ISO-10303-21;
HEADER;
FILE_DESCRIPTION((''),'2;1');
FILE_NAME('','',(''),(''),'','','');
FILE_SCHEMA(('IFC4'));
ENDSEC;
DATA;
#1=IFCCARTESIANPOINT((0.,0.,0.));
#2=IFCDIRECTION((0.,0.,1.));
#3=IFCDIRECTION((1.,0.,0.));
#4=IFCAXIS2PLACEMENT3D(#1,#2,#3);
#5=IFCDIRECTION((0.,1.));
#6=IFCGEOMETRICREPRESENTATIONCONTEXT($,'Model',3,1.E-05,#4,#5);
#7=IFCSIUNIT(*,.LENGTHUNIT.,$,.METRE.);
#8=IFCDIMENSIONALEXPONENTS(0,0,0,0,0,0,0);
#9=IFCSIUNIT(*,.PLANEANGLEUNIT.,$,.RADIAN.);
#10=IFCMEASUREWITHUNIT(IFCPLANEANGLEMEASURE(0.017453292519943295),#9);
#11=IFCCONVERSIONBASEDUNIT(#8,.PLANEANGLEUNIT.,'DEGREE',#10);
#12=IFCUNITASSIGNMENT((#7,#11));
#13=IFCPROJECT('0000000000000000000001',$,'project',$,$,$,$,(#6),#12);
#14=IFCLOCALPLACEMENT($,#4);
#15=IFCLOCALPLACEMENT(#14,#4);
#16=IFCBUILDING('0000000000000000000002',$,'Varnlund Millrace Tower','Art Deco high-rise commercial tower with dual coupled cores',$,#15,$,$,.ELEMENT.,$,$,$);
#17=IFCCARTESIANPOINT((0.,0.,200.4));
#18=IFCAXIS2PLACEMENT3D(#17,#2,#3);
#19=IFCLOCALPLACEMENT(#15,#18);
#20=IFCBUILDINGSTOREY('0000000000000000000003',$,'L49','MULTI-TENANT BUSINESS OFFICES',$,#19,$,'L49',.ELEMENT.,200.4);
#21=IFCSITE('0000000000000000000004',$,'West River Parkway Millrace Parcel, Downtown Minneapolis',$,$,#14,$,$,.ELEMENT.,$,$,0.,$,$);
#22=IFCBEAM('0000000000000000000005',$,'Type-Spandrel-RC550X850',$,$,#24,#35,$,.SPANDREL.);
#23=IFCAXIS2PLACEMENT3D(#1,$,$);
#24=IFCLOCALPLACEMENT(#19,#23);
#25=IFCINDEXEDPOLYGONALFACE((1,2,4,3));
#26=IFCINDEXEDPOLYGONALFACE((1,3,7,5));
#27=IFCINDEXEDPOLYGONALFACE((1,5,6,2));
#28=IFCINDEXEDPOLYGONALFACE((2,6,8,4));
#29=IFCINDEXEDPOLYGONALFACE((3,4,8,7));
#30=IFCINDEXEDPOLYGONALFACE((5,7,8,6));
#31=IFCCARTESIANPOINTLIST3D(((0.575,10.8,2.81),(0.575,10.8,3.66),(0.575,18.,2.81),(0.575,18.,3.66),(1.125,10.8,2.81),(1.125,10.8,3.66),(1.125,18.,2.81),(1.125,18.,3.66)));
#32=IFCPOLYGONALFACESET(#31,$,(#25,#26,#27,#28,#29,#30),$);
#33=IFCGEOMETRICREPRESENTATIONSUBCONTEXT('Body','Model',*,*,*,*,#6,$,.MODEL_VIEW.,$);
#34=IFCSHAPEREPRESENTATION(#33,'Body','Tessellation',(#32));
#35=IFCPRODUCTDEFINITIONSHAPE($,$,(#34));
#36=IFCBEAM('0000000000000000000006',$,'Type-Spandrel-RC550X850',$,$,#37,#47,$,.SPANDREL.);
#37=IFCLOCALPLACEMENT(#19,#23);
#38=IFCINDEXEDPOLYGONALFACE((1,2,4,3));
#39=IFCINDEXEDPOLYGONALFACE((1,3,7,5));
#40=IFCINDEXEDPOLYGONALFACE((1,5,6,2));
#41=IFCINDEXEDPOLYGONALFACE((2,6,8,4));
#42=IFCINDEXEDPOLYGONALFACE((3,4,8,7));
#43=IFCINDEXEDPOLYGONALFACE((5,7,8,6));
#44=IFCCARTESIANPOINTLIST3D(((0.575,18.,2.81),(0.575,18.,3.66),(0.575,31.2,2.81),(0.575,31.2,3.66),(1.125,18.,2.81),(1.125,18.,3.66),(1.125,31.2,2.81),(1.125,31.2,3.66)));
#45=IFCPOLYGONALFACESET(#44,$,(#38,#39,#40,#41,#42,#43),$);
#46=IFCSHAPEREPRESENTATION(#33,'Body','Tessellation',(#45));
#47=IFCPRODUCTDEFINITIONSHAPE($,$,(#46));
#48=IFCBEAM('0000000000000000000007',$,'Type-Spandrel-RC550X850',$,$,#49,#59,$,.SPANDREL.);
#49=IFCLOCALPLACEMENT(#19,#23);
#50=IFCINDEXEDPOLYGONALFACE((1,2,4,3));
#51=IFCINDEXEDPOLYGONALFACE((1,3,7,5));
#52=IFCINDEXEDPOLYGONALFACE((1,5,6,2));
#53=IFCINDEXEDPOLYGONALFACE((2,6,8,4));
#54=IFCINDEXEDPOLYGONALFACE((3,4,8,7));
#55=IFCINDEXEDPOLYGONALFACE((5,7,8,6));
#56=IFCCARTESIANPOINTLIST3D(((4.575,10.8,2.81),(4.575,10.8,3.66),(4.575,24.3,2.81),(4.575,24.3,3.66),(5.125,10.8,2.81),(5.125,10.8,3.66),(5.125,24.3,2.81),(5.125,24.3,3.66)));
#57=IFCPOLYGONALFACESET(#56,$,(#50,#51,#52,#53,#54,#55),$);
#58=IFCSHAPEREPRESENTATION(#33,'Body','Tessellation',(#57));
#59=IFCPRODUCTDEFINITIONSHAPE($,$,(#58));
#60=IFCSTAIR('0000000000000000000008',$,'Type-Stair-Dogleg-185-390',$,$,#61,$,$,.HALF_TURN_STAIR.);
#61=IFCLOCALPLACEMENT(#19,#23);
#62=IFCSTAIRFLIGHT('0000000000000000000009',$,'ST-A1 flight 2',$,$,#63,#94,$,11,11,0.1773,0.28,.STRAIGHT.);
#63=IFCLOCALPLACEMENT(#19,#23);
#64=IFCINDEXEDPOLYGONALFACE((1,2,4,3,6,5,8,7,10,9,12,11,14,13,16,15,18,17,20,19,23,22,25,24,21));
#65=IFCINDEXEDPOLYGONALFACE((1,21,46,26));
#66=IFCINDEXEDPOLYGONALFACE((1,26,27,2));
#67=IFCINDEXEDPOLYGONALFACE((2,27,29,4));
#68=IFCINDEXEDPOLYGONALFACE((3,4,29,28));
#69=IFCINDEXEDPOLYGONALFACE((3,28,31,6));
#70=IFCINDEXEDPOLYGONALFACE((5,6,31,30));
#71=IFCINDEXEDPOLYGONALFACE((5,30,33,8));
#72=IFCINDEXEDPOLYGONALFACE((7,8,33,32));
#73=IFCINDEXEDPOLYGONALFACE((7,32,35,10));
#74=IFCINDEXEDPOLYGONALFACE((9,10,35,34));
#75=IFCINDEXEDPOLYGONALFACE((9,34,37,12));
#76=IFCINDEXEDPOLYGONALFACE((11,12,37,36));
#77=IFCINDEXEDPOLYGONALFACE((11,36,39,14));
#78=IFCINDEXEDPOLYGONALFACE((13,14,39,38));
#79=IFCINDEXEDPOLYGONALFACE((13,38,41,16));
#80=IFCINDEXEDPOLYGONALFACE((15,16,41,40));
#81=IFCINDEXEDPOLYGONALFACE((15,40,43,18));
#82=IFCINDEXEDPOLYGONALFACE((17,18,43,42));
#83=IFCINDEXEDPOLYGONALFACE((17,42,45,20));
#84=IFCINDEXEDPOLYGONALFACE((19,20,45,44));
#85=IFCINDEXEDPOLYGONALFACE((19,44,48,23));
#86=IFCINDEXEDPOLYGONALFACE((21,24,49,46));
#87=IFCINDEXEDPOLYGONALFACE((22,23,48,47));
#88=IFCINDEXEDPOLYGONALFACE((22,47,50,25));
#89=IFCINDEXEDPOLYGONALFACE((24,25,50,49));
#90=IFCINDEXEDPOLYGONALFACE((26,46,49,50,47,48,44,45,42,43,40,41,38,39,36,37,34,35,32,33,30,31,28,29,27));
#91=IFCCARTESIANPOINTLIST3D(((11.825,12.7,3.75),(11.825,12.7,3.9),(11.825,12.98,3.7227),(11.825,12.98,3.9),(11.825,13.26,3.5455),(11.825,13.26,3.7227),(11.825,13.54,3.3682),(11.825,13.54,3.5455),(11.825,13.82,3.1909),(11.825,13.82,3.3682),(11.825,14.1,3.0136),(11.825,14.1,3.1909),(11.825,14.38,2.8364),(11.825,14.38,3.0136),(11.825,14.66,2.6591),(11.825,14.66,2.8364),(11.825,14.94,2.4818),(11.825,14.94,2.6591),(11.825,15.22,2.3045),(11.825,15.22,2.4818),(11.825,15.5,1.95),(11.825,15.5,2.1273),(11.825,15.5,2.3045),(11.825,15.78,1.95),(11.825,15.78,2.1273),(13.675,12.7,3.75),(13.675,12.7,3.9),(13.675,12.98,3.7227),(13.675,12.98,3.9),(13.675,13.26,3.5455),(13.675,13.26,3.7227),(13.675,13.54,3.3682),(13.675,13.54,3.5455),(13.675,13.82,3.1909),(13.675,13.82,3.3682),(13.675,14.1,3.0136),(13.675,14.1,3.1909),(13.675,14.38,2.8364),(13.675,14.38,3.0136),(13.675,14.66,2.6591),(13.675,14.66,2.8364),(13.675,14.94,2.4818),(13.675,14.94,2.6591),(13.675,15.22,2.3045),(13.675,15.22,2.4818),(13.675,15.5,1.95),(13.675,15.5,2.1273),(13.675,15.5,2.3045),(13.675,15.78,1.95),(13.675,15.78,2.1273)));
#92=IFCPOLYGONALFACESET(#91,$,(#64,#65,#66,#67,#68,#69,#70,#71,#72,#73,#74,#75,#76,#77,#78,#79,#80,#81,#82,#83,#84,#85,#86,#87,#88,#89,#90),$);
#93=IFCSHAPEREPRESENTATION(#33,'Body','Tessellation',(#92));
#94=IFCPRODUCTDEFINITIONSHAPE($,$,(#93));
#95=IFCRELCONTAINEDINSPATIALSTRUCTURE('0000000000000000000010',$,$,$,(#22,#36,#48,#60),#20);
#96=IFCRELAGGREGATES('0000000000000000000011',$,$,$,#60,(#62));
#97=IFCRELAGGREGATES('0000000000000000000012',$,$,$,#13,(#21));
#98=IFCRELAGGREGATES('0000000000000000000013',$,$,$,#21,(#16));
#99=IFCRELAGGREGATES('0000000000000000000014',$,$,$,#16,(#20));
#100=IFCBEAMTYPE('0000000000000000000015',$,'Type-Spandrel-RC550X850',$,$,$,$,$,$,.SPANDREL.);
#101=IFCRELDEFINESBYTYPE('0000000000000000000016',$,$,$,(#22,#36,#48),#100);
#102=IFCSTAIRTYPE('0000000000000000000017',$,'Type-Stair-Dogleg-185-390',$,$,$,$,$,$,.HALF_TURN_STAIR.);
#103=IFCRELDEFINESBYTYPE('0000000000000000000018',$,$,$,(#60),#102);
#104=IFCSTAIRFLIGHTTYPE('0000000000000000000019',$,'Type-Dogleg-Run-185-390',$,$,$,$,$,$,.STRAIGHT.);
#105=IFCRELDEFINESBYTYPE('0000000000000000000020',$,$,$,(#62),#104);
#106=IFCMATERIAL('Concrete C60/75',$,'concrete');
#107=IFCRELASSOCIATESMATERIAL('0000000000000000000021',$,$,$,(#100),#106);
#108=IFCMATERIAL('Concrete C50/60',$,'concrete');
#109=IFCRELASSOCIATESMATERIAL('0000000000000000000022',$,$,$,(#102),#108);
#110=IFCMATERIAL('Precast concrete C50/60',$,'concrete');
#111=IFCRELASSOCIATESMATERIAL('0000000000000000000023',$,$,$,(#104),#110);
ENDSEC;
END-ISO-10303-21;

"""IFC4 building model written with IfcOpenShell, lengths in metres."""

from ifc_helpers import new_model, entity, si_unit, converted_unit, direction, frame, origin_with_axes, origin_2d_with_axis, place, context, subcontext, project, spatial, polyline, rectangle, outline, extrude, material, material_profile, profile_set, type_object, element, aggregate, save


model = new_model("IFC4")

# Units and contexts
model_context = context("Model", 3, precision=1e-05, world=origin_with_axes(), true_north=direction((0.0, 1.0)))
body_context = subcontext(model_context, "Body", "Model", "MODEL_VIEW")
ifc_project = project(units=[si_unit("LENGTHUNIT", "METRE"), converted_unit("PLANEANGLEUNIT", "DEGREE", entity("IfcPlaneAngleMeasure", 0.017453292519943295), si_unit("PLANEANGLEUNIT", "RADIAN"), dimensions=[0, 0, 0, 0, 0, 0, 0])], contexts=[model_context])

# Site, building, storey
site_placement = place(None, origin_with_axes())
site = spatial("IfcSite", under=ifc_project, at=site_placement, Name="West River Parkway Millrace Parcel, Downtown Minneapolis", CompositionType="ELEMENT", RefElevation=0.0)
building_placement = place(site_placement, origin_with_axes())
building = spatial("IfcBuilding", under=site, at=building_placement, Name="Varnlund Millrace Tower", Description="Art Deco high-rise commercial tower with dual coupled cores", CompositionType="ELEMENT")
storey_placement = place(building_placement, frame((0.0, 0.0, 200.4), z_axis=(0.0, 0.0, 1.0), x_axis=(1.0, 0.0, 0.0)))
storey = spatial("IfcBuildingStorey", under=building, at=storey_placement, Name="L49", Description="MULTI-TENANT BUSINESS OFFICES", LongName="L49", CompositionType="ELEMENT", Elevation=200.4)

# Beams
ifc_material_1 = material(Name="Concrete C60/75", Category="concrete")
ifc_material_profile_1 = material_profile(ifc_material_1, rectangle(XDim=0.55, YDim=0.85, at=origin_2d_with_axis()), Name="Concrete C60/75")
ifc_profile_set_1 = profile_set([ifc_material_profile_1], Name="Concrete C60/75")
beam_type_1 = type_object("IfcBeamType", Name="Type-Spandrel-RC550X850", PredefinedType="SPANDREL", material=ifc_profile_set_1)
beam_1_placement = place(storey_placement, frame((0.85, 10.8, 3.235), z_axis=(0.0, 1.0, 0.0), x_axis=(-1.0, 0.0, 0.0)))
element("IfcBeam", 1, at=beam_1_placement, inside=storey, type_object=beam_type_1, Name="Type-Spandrel-RC550X850", PredefinedType="SPANDREL", context=body_context, shape_type="SweptSolid", body=[
    extrude(rectangle(XDim=0.55, YDim=0.85, at=origin_2d_with_axis()), origin_with_axes(), (0.0, 0.0, 1.0), 7.2),
])
beam_2_placement = place(storey_placement, frame((0.85, 18.0, 3.235), z_axis=(0.0, 1.0, 0.0), x_axis=(-1.0, 0.0, 0.0)))
element("IfcBeam", 2, at=beam_2_placement, inside=storey, type_object=beam_type_1, Name="Type-Spandrel-RC550X850", PredefinedType="SPANDREL", context=body_context, shape_type="SweptSolid", body=[
    extrude(rectangle(XDim=0.55, YDim=0.85, at=origin_2d_with_axis()), origin_with_axes(), (0.0, 0.0, 1.0), 13.2),
])
beam_3_placement = place(storey_placement, frame((4.85, 10.8, 3.235), z_axis=(0.0, 1.0, 0.0), x_axis=(-1.0, 0.0, 0.0)))
element("IfcBeam", 3, at=beam_3_placement, inside=storey, type_object=beam_type_1, Name="Type-Spandrel-RC550X850", PredefinedType="SPANDREL", context=body_context, shape_type="SweptSolid", body=[
    extrude(rectangle(XDim=0.55, YDim=0.85, at=origin_2d_with_axis()), origin_with_axes(), (0.0, 0.0, 1.0), 13.5),
])

# Stair, stair flight
ifc_material_2 = material(Name="Concrete C50/60", Category="concrete")
stair_type = type_object("IfcStairType", Name="Type-Stair-Dogleg-185-390", PredefinedType="HALF_TURN_STAIR", material=ifc_material_2)
stair_placement = place(storey_placement, origin_with_axes())
stair = element("IfcStair", 4, at=stair_placement, inside=storey, type_object=stair_type, Name="Type-Stair-Dogleg-185-390", PredefinedType="HALF_TURN_STAIR")
ifc_material_3 = material(Name="Precast concrete C50/60", Category="concrete")
stair_flight_type = type_object("IfcStairFlightType", Name="Type-Dogleg-Run-185-390", PredefinedType="STRAIGHT", material=ifc_material_3)
stair_flight_placement = place(storey_placement, frame((13.675, 15.78, 1.95), z_axis=(-1.0, 0.0, 0.0), x_axis=(0.0, -1.0, 0.0)))
stair_flight = element("IfcStairFlight", 5, at=stair_flight_placement, type_object=stair_flight_type, Name="ST-A1 flight 2", NumberOfRisers=11, NumberOfTreads=11, PredefinedType="STRAIGHT", RiserHeight=0.1773, TreadLength=0.28, context=body_context, shape_type="SweptSolid", body=[
    extrude(outline(polyline([(0.0, 0.0), (0.0, 0.1773), (0.28, 0.1773), (0.28, 0.3545), (0.56, 0.3545), (0.56, 0.5318), (0.84, 0.5318), (0.84, 0.7091), (1.12, 0.7091), (1.12, 0.8864), (1.4, 0.8864), (1.4, 1.0636), (1.68, 1.0636), (1.68, 1.2409), (1.96, 1.2409), (1.96, 1.4182), (2.24, 1.4182), (2.24, 1.5955), (2.52, 1.5955), (2.52, 1.7727), (2.8, 1.7727), (2.8, 1.95), (3.08, 1.95), (3.08, 1.8), (0.28, 0.0), (0.0, 0.0)])), origin_with_axes(), (0.0, 0.0, 1.0), 1.85),
])
aggregate(stair, [stair_flight])

save(model, "model.ifc")
